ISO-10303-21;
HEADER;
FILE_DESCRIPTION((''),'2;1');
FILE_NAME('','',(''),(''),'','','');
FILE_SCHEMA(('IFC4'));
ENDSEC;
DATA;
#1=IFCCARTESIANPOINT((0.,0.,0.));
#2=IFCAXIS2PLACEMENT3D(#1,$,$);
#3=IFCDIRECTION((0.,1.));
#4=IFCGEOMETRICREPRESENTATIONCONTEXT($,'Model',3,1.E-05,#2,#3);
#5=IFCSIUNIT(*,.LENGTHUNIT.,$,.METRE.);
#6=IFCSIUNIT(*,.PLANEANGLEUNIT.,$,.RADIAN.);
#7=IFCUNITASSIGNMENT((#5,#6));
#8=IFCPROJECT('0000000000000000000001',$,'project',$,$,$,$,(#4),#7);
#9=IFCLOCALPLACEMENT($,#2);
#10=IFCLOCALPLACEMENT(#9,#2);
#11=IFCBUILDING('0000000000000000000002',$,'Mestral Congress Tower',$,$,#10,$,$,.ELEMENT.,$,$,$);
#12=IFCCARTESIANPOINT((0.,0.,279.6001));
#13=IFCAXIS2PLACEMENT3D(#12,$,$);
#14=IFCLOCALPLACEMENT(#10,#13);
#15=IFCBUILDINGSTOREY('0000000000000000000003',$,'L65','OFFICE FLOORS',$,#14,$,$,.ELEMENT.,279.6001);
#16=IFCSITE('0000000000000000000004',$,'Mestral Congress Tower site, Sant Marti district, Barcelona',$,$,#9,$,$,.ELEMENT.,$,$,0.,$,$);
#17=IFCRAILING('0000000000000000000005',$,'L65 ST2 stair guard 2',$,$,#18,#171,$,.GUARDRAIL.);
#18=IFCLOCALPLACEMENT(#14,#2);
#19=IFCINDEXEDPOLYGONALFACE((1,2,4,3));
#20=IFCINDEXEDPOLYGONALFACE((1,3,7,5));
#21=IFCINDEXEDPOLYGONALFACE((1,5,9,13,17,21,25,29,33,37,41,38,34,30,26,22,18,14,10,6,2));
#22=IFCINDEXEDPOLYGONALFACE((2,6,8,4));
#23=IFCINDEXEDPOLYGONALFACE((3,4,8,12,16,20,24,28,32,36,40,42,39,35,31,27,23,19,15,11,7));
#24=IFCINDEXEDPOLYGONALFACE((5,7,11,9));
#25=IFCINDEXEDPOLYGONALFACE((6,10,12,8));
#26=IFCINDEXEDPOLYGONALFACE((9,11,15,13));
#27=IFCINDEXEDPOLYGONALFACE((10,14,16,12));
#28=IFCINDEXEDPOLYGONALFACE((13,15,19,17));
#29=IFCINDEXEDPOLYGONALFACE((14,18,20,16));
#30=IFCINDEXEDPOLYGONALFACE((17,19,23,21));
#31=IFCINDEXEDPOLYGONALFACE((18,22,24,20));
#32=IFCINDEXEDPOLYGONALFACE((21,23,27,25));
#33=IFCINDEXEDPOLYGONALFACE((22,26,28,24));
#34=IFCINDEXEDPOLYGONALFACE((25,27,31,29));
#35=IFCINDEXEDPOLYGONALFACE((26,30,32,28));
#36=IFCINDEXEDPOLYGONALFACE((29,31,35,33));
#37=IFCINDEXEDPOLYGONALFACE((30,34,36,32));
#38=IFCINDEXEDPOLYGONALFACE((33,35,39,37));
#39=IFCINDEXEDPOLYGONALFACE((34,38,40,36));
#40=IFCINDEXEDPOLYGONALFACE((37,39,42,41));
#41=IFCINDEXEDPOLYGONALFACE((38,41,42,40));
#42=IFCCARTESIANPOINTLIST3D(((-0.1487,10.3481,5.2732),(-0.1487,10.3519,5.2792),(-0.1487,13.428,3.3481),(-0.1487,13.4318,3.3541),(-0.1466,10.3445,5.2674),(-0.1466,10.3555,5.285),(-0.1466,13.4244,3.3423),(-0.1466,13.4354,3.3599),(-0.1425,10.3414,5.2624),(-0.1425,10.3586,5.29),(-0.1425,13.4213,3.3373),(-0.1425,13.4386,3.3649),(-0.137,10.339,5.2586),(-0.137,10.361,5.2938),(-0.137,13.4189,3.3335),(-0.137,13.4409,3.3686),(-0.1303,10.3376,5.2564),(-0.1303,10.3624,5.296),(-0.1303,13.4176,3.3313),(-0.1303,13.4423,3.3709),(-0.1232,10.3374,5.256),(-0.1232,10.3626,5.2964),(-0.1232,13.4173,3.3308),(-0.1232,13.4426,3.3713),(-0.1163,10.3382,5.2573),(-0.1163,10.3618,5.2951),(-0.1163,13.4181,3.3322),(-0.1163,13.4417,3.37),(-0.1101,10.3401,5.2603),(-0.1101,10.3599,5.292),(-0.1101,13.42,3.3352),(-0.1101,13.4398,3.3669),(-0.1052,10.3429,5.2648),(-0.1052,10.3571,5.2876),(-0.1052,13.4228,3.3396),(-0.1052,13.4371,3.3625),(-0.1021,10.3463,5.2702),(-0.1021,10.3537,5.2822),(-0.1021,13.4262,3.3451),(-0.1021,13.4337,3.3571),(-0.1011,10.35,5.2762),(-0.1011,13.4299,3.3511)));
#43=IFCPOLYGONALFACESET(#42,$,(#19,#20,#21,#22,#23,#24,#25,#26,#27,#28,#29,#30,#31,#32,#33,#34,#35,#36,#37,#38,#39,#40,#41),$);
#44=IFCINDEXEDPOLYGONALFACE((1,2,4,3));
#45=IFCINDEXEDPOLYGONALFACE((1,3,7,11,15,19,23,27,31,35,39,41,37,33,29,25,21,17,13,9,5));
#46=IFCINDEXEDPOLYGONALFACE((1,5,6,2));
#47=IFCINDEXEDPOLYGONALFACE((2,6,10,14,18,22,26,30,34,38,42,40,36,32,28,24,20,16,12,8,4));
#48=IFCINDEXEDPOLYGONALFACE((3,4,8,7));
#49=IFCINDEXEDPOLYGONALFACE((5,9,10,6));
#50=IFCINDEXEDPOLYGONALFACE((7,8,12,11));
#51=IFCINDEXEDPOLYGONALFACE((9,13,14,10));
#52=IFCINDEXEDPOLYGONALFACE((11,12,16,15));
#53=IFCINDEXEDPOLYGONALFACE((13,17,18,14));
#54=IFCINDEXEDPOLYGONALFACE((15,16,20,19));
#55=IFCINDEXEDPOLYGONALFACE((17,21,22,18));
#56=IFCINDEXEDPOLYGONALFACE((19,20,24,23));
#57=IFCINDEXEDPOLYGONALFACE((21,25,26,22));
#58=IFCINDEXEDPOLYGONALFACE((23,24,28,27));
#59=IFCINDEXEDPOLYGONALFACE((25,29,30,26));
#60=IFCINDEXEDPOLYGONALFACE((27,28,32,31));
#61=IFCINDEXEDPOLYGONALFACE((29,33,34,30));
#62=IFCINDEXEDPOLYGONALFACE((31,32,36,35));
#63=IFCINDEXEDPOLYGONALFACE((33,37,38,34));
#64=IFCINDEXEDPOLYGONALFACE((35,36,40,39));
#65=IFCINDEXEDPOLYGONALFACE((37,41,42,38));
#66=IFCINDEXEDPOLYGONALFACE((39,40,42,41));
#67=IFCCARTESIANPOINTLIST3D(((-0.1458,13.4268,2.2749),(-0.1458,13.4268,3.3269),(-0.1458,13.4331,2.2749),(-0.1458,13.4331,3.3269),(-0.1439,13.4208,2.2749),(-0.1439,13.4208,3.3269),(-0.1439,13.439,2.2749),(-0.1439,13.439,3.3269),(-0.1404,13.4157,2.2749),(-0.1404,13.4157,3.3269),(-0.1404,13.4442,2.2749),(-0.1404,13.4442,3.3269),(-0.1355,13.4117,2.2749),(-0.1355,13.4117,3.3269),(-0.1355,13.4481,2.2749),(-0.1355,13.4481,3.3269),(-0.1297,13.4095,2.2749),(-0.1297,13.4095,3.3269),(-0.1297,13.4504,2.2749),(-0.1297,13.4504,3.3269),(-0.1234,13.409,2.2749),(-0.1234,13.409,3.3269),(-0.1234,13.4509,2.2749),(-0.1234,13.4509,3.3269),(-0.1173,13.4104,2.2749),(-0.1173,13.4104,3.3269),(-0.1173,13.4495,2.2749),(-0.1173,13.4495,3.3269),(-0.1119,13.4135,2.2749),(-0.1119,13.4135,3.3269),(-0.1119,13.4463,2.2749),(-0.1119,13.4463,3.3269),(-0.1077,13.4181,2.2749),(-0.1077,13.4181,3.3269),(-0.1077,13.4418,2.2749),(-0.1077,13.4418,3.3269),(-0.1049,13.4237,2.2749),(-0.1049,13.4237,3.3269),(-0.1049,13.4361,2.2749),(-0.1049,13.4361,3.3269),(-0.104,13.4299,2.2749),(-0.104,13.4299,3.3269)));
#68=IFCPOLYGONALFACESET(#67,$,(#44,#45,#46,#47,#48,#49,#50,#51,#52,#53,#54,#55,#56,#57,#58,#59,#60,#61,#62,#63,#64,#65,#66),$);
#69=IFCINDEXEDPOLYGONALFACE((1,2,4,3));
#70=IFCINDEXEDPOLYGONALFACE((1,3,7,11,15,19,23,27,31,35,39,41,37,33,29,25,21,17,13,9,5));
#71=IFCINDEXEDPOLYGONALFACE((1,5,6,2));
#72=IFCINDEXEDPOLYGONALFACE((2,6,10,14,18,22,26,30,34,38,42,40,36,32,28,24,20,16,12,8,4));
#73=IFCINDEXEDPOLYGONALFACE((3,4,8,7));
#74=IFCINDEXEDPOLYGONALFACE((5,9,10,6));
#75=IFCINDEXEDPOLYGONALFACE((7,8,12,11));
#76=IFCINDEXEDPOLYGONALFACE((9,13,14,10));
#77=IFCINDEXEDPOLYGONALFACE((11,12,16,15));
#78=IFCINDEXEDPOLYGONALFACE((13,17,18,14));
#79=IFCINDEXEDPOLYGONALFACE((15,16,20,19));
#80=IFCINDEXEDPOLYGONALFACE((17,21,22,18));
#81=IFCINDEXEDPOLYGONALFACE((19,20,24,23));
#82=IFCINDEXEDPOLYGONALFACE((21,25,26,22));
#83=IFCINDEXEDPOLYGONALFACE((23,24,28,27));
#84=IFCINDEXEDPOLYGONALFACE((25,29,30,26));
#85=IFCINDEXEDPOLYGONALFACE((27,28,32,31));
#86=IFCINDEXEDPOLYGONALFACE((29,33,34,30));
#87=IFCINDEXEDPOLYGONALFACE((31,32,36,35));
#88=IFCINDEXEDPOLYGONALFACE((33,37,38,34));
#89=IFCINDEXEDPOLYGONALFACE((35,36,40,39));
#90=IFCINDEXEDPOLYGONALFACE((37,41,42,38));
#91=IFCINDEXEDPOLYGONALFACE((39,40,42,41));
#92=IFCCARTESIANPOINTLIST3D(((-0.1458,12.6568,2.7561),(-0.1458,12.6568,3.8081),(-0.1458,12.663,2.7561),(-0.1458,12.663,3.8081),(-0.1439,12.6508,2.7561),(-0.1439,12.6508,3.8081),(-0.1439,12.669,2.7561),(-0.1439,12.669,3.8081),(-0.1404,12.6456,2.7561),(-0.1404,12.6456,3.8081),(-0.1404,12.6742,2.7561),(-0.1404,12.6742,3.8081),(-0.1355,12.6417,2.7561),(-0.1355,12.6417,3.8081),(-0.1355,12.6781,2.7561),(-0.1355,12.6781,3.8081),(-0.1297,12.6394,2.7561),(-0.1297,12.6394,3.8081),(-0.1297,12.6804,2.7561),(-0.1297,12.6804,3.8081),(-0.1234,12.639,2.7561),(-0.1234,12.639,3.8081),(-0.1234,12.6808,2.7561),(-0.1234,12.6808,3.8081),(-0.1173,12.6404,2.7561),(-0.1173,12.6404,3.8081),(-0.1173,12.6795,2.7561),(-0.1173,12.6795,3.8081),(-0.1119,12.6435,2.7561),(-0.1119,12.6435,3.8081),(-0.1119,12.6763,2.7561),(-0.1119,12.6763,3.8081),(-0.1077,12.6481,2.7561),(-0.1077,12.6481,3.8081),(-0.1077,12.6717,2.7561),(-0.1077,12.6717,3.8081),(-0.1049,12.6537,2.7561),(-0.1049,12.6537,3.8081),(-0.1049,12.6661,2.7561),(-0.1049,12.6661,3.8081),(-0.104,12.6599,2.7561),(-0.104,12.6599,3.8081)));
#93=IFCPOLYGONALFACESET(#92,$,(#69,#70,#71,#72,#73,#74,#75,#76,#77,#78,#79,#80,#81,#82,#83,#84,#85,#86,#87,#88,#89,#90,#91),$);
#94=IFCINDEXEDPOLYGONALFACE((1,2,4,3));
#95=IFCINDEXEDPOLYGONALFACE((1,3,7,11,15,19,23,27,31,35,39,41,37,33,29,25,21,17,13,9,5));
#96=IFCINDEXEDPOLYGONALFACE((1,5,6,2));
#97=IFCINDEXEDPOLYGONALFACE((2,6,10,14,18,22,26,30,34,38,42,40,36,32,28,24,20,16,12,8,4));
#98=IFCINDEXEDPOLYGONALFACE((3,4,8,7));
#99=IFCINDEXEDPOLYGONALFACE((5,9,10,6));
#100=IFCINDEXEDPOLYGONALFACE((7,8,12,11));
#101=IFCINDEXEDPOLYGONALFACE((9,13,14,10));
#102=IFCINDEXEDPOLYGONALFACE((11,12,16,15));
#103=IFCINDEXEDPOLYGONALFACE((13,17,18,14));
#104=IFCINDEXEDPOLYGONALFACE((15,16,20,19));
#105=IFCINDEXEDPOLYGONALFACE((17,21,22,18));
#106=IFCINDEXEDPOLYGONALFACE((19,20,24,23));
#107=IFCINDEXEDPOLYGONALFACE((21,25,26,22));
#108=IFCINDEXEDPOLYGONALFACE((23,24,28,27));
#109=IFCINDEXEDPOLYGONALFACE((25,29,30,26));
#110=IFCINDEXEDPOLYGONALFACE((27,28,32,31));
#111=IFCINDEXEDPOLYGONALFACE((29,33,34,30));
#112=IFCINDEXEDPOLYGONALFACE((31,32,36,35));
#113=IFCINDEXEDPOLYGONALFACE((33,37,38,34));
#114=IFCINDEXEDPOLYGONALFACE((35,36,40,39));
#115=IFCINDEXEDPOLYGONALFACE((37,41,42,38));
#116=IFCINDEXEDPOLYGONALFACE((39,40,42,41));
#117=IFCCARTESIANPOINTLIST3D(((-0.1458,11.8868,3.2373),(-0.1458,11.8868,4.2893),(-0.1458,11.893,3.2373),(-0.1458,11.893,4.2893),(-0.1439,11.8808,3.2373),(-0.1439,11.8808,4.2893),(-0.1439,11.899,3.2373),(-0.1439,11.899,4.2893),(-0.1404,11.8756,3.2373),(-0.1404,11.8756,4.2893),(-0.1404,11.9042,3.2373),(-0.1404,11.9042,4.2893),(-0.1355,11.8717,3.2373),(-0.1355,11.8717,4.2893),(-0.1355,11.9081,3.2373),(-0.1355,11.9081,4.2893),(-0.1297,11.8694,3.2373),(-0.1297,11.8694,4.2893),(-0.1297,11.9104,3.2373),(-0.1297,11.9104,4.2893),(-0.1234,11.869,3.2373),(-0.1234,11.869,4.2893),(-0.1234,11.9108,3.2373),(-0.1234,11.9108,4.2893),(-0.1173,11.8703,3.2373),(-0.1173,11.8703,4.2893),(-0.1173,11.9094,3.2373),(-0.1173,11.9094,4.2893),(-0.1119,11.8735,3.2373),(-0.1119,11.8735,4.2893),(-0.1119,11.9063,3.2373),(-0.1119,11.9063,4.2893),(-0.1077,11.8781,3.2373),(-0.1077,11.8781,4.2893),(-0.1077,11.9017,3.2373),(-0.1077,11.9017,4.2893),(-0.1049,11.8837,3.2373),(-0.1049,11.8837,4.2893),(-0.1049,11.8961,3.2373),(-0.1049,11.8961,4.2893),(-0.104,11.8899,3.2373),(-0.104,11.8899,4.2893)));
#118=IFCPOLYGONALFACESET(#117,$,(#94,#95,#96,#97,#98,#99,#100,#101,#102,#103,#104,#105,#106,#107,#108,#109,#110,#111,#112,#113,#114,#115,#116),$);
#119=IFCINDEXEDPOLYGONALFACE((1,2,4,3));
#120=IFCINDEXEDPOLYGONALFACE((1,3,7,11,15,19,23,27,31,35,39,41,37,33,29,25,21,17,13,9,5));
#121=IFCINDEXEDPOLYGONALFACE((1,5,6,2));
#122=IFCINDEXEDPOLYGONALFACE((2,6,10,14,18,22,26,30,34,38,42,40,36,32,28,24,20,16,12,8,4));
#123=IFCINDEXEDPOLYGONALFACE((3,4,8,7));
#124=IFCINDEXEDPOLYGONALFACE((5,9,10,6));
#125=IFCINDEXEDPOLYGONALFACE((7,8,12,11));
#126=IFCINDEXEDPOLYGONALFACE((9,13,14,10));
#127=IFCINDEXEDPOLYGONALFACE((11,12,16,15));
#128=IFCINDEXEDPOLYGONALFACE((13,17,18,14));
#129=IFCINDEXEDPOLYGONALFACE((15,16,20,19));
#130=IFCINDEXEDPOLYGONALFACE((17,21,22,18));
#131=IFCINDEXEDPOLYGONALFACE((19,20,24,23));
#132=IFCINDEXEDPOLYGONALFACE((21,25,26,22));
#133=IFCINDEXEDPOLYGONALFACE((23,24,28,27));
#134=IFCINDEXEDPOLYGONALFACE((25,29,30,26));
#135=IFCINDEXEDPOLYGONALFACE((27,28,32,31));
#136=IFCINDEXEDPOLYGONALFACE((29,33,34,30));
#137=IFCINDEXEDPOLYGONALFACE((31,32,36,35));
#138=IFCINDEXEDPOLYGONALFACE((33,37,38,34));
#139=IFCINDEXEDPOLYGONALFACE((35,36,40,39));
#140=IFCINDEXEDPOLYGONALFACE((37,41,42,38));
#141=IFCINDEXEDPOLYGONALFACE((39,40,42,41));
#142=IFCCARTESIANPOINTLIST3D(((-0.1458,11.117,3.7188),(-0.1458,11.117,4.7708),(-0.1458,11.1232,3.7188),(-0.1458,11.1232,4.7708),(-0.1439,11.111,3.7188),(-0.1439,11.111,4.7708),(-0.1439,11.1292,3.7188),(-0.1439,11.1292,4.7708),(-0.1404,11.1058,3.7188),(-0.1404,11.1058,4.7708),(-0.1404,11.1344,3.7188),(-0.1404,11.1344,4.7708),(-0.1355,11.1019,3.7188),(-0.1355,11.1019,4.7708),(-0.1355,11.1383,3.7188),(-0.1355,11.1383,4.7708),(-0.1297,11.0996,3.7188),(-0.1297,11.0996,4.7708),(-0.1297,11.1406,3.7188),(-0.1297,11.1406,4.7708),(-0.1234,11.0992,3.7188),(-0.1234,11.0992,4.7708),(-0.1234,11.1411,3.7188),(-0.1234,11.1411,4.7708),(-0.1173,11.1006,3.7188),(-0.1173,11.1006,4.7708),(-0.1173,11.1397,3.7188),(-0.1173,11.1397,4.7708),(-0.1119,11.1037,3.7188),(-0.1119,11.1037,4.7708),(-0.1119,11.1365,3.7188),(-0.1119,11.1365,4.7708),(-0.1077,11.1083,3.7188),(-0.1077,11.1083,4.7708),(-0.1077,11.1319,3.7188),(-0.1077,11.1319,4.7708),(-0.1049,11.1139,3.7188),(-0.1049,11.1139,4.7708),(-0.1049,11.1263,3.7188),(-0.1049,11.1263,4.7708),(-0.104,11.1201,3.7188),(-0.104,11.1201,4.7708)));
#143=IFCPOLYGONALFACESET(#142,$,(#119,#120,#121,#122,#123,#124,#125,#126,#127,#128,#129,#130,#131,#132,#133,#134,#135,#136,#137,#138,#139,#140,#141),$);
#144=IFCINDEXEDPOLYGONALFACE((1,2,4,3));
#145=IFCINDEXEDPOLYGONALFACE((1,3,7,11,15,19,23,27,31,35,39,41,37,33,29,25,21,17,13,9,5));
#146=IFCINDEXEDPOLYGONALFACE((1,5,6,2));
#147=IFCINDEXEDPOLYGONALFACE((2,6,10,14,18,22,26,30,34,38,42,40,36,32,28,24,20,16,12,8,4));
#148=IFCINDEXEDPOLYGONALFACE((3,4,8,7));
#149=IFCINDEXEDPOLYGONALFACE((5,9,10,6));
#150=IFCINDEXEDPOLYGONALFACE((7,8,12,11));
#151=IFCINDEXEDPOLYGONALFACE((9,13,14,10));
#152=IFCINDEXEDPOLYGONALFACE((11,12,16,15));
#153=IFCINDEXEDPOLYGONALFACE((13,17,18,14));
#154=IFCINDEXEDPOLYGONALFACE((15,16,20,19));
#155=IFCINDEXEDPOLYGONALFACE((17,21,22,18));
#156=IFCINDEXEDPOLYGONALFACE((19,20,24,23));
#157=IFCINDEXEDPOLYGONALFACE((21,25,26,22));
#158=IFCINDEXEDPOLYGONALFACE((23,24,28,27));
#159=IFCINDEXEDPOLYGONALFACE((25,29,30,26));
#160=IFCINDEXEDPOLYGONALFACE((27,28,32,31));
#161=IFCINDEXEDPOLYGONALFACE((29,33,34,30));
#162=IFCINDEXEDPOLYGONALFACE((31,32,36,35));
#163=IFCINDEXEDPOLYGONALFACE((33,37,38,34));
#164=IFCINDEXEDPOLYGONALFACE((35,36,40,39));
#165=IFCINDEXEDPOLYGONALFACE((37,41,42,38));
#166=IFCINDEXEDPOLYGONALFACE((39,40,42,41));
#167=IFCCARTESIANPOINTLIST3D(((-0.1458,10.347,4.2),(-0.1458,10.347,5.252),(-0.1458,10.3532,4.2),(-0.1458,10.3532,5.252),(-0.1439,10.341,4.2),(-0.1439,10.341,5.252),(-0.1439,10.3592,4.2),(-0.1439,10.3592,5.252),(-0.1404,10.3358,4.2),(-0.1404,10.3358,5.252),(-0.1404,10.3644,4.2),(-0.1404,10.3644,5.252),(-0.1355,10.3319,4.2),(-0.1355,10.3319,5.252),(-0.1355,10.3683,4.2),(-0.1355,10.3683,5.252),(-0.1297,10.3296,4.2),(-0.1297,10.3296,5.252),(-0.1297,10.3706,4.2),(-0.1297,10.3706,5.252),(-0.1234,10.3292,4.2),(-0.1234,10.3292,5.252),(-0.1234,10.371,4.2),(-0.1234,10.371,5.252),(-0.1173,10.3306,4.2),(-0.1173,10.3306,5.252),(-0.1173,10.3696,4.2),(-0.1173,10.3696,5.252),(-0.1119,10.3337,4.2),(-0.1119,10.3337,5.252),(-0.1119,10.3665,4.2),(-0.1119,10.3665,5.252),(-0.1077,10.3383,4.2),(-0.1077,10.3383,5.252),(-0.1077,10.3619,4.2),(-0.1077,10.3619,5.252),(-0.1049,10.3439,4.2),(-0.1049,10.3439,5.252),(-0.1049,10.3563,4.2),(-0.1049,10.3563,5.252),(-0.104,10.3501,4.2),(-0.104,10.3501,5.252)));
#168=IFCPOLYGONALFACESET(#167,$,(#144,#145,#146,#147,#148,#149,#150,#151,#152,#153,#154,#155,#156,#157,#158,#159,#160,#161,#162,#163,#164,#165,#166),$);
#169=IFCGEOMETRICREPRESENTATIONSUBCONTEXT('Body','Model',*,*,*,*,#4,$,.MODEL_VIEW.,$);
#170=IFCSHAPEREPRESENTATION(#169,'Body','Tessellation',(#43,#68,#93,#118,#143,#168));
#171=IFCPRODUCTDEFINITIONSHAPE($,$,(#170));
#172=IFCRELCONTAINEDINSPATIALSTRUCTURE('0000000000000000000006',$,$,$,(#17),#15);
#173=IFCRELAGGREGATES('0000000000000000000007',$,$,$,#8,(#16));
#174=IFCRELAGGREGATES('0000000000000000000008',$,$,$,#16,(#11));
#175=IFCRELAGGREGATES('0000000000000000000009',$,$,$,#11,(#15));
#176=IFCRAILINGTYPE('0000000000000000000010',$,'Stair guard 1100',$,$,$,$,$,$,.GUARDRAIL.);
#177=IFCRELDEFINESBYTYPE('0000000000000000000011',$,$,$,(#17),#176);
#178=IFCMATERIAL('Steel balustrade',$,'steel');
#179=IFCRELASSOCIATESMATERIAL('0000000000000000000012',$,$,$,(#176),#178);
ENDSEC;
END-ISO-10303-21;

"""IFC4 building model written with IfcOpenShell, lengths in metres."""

from ifc_helpers import new_model, si_unit, direction, frame, origin, origin_2d, place, context, subcontext, project, spatial, circle, extrude, material, type_object, element, save


model = new_model("IFC4")

# Units and contexts
model_context = context("Model", 3, precision=1e-05, world=origin(), true_north=direction((0.0, 1.0)))
body_context = subcontext(model_context, "Body", "Model", "MODEL_VIEW")
ifc_project = project(units=[si_unit("LENGTHUNIT", "METRE"), si_unit("PLANEANGLEUNIT", "RADIAN")], contexts=[model_context])

# Site, building, storey
site_placement = place(None, origin())
site = spatial("IfcSite", under=ifc_project, at=site_placement, Name="Mestral Congress Tower site, Sant Marti district, Barcelona", CompositionType="ELEMENT", RefElevation=0.0)
building_placement = place(site_placement, origin())
building = spatial("IfcBuilding", under=site, at=building_placement, Name="Mestral Congress Tower", CompositionType="ELEMENT")
storey_placement = place(building_placement, frame((0.0, 0.0, 279.6001)))
storey = spatial("IfcBuildingStorey", under=building, at=storey_placement, Name="L65", Description="OFFICE FLOORS", CompositionType="ELEMENT", Elevation=279.6001)

# Railing
ifc_material_1 = material(Name="Steel balustrade", Category="steel")
railing_type = type_object("IfcRailingType", Name="Stair guard 1100", PredefinedType="GUARDRAIL", material=ifc_material_1)
railing_placement = place(storey_placement, frame((-0.125, 13.4299, 2.2749)))
element("IfcRailing", 1, at=railing_placement, inside=storey, type_object=railing_type, Name="L65 ST2 stair guard 2", PredefinedType="GUARDRAIL", context=body_context, shape_type="SweptSolid", body=[
    extrude(circle(Radius=0.0239, at=origin_2d()), frame((0.0, 0.0, 1.0762), z_axis=(0.0, -0.847979, 0.530029), x_axis=(1.0, 0.0, 0.0)), (0.0, 0.0, 1.0), 3.6321),
    extrude(circle(Radius=0.021, at=origin_2d()), origin(), (0.0, 0.0, 1.0), 1.052),
    extrude(circle(Radius=0.021, at=origin_2d()), frame((0.0, -0.77, 0.4812)), (0.0, 0.0, 1.0), 1.052),
    extrude(circle(Radius=0.021, at=origin_2d()), frame((0.0, -1.54, 0.9624)), (0.0, 0.0, 1.0), 1.052),
    extrude(circle(Radius=0.021, at=origin_2d()), frame((0.0, -2.3098, 1.4438)), (0.0, 0.0, 1.0), 1.052),
    extrude(circle(Radius=0.021, at=origin_2d()), frame((0.0, -3.0798, 1.925)), (0.0, 0.0, 1.0), 1.052),
])

save(model, "model.ifc")
